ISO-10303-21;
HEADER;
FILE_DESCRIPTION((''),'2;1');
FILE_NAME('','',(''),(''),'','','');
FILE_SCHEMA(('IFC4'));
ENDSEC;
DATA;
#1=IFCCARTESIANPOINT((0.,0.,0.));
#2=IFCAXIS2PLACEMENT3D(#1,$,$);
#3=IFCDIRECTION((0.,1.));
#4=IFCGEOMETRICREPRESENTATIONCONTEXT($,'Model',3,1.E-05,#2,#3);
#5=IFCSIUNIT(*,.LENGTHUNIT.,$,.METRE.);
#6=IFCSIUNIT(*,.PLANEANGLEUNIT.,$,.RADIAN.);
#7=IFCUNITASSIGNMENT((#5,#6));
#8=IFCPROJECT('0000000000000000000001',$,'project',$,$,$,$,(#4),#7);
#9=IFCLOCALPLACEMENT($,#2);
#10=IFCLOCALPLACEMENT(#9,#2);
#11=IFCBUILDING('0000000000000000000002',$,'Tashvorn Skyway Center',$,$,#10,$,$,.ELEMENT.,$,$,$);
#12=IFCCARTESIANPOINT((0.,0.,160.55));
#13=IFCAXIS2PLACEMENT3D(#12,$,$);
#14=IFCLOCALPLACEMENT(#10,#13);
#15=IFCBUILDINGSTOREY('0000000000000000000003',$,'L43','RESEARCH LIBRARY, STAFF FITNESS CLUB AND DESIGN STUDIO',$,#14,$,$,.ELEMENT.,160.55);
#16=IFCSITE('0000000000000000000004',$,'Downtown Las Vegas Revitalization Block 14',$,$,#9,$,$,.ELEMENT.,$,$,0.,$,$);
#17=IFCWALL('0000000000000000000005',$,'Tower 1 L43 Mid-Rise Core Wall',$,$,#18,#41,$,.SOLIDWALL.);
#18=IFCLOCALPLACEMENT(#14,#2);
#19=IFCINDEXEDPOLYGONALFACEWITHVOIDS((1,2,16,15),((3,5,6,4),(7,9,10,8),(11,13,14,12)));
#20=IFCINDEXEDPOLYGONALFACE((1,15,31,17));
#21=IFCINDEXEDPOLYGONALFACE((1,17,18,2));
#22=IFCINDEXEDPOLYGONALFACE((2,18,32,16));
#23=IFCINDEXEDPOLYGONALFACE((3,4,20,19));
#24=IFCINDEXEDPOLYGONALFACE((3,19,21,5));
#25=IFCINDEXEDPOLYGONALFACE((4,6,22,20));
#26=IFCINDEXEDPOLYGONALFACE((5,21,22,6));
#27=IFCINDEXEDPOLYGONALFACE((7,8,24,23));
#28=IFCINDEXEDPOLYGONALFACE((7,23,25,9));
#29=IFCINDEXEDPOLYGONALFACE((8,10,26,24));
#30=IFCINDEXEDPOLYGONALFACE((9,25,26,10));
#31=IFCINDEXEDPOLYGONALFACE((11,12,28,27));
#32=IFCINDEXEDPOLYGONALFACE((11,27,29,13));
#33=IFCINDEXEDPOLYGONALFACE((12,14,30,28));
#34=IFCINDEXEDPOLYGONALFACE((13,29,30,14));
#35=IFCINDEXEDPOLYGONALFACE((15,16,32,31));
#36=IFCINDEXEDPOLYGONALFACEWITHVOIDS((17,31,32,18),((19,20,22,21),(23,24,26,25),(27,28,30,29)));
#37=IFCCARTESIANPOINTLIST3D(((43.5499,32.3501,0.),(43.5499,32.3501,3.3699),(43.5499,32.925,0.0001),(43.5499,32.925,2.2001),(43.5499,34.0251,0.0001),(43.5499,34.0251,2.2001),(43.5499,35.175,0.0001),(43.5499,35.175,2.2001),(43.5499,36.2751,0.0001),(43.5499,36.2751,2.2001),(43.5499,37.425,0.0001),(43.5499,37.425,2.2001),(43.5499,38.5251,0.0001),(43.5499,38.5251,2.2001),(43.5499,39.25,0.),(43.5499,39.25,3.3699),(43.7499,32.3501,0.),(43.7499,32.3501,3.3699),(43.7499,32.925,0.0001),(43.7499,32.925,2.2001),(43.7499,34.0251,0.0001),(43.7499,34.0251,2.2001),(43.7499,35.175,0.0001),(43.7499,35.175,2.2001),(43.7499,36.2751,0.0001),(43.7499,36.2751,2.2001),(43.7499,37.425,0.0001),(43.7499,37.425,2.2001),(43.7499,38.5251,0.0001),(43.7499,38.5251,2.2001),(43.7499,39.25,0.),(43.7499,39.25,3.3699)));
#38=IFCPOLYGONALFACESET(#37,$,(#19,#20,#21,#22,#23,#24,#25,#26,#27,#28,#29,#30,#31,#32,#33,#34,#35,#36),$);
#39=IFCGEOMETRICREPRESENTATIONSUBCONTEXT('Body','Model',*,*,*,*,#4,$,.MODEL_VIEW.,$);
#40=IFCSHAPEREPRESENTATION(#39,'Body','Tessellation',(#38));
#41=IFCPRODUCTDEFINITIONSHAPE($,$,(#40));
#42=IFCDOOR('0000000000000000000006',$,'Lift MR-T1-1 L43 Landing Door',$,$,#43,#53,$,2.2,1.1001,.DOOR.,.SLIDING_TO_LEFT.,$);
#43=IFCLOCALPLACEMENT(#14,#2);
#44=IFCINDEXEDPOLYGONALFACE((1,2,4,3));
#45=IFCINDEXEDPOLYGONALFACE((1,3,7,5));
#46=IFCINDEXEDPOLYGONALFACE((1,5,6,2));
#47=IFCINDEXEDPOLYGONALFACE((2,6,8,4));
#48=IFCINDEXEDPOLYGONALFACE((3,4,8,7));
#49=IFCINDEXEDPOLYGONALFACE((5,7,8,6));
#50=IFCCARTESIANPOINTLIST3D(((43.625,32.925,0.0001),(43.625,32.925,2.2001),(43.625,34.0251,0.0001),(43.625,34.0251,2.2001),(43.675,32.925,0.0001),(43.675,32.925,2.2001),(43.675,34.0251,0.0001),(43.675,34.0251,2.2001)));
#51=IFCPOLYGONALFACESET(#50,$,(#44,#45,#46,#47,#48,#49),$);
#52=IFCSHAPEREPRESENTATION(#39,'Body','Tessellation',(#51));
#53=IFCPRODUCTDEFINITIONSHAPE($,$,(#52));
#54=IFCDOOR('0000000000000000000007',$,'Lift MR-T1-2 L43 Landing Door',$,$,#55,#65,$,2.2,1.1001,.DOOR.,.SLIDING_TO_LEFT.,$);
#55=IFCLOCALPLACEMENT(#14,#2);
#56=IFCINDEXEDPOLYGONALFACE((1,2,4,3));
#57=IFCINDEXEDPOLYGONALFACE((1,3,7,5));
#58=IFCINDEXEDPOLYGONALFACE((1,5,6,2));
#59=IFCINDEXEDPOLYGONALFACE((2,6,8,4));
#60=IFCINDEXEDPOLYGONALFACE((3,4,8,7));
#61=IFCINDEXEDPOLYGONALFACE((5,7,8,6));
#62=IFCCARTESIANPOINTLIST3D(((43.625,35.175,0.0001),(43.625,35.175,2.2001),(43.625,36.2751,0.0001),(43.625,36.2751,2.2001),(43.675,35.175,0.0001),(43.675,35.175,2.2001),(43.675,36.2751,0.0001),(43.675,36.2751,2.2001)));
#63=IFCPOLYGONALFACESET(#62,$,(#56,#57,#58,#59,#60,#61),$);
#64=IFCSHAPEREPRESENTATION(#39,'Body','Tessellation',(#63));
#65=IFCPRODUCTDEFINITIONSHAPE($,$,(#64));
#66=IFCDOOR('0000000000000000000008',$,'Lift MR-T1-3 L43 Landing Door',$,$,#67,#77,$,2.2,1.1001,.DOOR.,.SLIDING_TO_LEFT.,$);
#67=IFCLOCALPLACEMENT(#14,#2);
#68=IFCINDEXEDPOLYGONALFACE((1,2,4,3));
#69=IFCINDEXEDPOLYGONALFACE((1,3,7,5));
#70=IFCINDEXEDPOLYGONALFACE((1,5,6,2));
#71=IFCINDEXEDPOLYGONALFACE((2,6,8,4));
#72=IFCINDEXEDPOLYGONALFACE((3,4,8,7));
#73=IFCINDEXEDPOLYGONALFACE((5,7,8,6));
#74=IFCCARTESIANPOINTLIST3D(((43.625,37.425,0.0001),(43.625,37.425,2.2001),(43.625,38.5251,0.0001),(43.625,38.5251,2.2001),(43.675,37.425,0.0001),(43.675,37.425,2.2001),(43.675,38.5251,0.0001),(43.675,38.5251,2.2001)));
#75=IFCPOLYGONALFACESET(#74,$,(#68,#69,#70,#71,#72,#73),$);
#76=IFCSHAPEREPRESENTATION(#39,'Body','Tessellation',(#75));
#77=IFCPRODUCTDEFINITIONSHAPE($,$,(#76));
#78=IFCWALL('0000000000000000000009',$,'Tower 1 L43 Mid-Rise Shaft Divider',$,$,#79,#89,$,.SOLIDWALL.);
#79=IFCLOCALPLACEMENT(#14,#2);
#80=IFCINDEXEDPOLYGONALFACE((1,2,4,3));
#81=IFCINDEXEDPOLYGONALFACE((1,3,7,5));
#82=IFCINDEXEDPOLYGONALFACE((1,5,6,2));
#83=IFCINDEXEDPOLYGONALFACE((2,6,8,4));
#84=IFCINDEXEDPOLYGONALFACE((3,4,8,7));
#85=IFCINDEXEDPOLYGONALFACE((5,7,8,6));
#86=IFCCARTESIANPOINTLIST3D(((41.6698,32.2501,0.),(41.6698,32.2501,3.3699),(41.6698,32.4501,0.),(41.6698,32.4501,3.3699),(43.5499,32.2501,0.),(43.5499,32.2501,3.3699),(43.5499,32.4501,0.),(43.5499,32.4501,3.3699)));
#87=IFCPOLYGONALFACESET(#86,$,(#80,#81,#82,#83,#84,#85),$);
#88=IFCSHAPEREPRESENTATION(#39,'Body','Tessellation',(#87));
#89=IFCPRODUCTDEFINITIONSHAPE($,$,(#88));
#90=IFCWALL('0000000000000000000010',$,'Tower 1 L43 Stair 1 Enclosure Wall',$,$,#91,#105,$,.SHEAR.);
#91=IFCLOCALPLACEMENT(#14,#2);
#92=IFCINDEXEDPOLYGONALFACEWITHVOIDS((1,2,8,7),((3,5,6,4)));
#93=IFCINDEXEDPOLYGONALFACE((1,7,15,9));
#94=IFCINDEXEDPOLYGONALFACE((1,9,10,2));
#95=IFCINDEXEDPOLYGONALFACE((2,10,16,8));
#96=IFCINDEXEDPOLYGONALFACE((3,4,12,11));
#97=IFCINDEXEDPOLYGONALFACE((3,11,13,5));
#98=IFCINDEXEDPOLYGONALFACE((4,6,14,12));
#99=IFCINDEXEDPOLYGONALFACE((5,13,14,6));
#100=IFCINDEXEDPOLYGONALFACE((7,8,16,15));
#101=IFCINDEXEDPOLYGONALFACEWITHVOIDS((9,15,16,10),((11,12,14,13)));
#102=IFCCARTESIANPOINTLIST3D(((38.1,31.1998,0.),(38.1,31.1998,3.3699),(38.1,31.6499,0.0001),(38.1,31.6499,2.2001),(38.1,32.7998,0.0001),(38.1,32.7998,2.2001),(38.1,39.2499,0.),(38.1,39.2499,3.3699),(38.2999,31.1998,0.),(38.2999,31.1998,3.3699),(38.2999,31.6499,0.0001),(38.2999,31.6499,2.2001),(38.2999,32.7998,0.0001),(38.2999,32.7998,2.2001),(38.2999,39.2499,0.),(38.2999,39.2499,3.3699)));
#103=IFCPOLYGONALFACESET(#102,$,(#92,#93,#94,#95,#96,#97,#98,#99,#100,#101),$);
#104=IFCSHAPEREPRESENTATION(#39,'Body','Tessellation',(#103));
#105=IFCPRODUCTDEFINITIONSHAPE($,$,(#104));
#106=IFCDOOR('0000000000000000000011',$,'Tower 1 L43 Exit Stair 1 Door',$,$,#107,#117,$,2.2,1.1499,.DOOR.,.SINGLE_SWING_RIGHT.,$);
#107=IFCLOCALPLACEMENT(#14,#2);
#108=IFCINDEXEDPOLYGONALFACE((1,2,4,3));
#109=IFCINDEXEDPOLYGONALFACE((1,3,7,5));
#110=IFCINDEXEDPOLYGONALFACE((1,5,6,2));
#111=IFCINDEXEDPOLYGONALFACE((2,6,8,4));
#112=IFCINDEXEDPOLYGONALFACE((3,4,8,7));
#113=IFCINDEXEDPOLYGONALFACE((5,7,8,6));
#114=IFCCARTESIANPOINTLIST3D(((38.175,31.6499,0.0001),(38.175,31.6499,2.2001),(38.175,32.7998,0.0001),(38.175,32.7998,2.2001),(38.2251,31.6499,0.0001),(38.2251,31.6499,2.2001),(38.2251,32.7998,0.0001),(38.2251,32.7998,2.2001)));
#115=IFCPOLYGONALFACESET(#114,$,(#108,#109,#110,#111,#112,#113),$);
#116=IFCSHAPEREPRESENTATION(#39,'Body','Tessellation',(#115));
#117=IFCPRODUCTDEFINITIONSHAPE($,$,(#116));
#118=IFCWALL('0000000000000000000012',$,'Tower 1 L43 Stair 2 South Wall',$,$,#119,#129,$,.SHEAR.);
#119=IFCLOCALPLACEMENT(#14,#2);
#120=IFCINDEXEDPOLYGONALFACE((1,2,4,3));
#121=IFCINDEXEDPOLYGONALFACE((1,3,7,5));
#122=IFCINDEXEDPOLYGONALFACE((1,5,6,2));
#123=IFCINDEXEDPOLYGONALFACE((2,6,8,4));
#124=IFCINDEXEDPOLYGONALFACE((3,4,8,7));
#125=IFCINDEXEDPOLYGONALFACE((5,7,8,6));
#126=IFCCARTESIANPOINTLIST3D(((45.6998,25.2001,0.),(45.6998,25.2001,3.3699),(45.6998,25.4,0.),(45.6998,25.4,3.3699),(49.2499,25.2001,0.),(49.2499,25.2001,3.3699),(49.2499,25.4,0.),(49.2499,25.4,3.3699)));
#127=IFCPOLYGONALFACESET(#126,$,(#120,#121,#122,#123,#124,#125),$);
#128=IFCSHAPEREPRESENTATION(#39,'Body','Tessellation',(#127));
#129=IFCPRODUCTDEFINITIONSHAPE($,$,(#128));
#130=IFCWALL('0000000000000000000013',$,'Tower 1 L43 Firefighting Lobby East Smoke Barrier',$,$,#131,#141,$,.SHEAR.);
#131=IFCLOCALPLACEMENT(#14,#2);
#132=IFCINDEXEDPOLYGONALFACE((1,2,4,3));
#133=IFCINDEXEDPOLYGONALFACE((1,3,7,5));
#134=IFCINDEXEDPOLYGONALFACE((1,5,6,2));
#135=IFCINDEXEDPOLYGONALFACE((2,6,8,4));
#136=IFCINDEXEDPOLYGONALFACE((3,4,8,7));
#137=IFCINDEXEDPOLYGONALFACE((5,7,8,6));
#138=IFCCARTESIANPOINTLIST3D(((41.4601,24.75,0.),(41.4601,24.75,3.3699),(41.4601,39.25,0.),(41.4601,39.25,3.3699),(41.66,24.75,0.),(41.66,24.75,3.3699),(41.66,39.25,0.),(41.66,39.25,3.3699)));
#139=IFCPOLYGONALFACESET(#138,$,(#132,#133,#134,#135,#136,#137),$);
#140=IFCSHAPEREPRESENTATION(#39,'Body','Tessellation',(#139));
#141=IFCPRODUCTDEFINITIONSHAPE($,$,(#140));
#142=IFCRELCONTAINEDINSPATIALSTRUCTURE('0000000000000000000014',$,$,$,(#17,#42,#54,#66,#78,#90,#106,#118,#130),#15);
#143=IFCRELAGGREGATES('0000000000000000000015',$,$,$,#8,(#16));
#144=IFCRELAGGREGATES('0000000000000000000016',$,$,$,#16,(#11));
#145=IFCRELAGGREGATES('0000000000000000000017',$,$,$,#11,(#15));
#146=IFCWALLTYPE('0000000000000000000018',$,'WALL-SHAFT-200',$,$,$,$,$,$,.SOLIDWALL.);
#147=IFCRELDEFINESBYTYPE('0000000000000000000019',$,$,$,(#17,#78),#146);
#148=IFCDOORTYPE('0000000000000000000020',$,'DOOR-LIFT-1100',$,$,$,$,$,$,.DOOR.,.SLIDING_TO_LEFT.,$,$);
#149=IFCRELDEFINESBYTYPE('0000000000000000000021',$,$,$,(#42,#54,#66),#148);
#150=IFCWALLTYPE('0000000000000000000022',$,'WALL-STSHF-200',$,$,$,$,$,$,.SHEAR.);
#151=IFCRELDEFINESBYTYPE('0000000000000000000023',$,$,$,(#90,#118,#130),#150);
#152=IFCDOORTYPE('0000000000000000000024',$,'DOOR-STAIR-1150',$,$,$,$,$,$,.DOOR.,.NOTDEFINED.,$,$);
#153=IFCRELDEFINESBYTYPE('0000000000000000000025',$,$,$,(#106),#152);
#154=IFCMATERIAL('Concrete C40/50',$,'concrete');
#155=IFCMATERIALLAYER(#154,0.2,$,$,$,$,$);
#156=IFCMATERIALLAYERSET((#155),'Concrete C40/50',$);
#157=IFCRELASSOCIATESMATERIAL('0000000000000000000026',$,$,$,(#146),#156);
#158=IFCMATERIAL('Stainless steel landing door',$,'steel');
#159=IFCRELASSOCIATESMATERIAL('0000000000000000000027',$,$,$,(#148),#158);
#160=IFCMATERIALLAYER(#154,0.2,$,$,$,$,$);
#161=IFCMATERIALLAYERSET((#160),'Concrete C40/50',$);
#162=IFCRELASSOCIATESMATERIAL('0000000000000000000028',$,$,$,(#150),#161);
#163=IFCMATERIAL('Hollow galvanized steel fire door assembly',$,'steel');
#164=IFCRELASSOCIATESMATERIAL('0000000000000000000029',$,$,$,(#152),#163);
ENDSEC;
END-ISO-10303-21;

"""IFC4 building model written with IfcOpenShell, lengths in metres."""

from ifc_helpers import new_model, si_unit, direction, frame, frame_2d, origin, place, context, subcontext, project, spatial, rectangle, extrude, material, layer, layer_set, type_object, element, fill, save


model = new_model("IFC4")

# Units and contexts
model_context = context("Model", 3, precision=1e-05, world=origin(), true_north=direction((0.0, 1.0)))
body_context = subcontext(model_context, "Body", "Model", "MODEL_VIEW")
ifc_project = project(units=[si_unit("LENGTHUNIT", "METRE"), si_unit("PLANEANGLEUNIT", "RADIAN")], contexts=[model_context])

# Site, building, storey
site_placement = place(None, origin())
site = spatial("IfcSite", under=ifc_project, at=site_placement, Name="Downtown Las Vegas Revitalization Block 14", CompositionType="ELEMENT", RefElevation=0.0)
building_placement = place(site_placement, origin())
building = spatial("IfcBuilding", under=site, at=building_placement, Name="Tashvorn Skyway Center", CompositionType="ELEMENT")
storey_placement = place(building_placement, frame((0.0, 0.0, 160.55)))
storey = spatial("IfcBuildingStorey", under=building, at=storey_placement, Name="L43", Description="RESEARCH LIBRARY, STAFF FITNESS CLUB AND DESIGN STUDIO", CompositionType="ELEMENT", Elevation=160.55)

# Shared definitions
ifc_material_1 = material(Name="Concrete C40/50", Category="concrete")
ifc_material_2 = material(Name="Hollow galvanized steel fire door assembly", Category="steel")

# Wall, openings, doors
ifc_layer_1 = layer(ifc_material_1, 0.2)
ifc_layer_set_1 = layer_set([ifc_layer_1], Name="Concrete C40/50")
wall_type_1 = type_object("IfcWallType", Name="WALL-SHAFT-200", PredefinedType="SOLIDWALL", material=ifc_layer_set_1)
wall_1_placement = place(storey_placement, frame((43.6499, 32.3501, 0.0), z_axis=(0.0, 0.0, 1.0), x_axis=(0.0, 1.0, 0.0)))
wall_1 = element("IfcWall", 1, at=wall_1_placement, inside=storey, type_object=wall_type_1, Name="Tower 1 L43 Mid-Rise Core Wall", PredefinedType="SOLIDWALL", context=body_context, shape_type="SweptSolid", body=[
    extrude(rectangle(XDim=6.8999, YDim=0.2, at=frame_2d((3.45, 0.0))), origin(), (0.0, 0.0, 1.0), 3.3699),
])
opening_1_placement = place(wall_1_placement, frame((0.575, 0.0, 0.0)))
opening_1 = element("IfcOpeningElement", 2, at=opening_1_placement, cuts=wall_1, PredefinedType="OPENING", context=body_context, shape_type="SweptSolid", body=[
    extrude(rectangle(XDim=1.1001, YDim=2.2, at=frame_2d((0.55, 1.1001))), frame((0.0, 0.1099, 0.0), z_axis=(0.0, -1.0, 0.0), x_axis=(1.0, 0.0, 0.0)), (0.0, 0.0, 1.0), 0.22),
])
opening_2_placement = place(wall_1_placement, frame((2.825, 0.0, 0.0)))
opening_2 = element("IfcOpeningElement", 3, at=opening_2_placement, cuts=wall_1, PredefinedType="OPENING", context=body_context, shape_type="SweptSolid", body=[
    extrude(rectangle(XDim=1.1001, YDim=2.2, at=frame_2d((0.55, 1.1001))), frame((0.0, 0.1099, 0.0), z_axis=(0.0, -1.0, 0.0), x_axis=(1.0, 0.0, 0.0)), (0.0, 0.0, 1.0), 0.22),
])
opening_3_placement = place(wall_1_placement, frame((5.075, 0.0, 0.0)))
opening_3 = element("IfcOpeningElement", 4, at=opening_3_placement, cuts=wall_1, PredefinedType="OPENING", context=body_context, shape_type="SweptSolid", body=[
    extrude(rectangle(XDim=1.1001, YDim=2.2, at=frame_2d((0.55, 1.1001))), frame((0.0, 0.1099, 0.0), z_axis=(0.0, -1.0, 0.0), x_axis=(1.0, 0.0, 0.0)), (0.0, 0.0, 1.0), 0.22),
])
ifc_material_3 = material(Name="Stainless steel landing door", Category="steel")
door_type_1 = type_object("IfcDoorType", Name="DOOR-LIFT-1100", OperationType="SLIDING_TO_LEFT", PredefinedType="DOOR", material=ifc_material_3)
door_1_placement = place(opening_1_placement, origin())
door_1 = element("IfcDoor", 5, at=door_1_placement, inside=storey, type_object=door_type_1, Name="Lift MR-T1-1 L43 Landing Door", OperationType="SLIDING_TO_LEFT", OverallHeight=2.2, OverallWidth=1.1001, PredefinedType="DOOR", context=body_context, shape_type="SweptSolid", body=[
    extrude(rectangle(XDim=1.1001, YDim=2.2, at=frame_2d((0.55, 1.1001))), frame((0.0, 0.0249, 0.0), z_axis=(0.0, -1.0, 0.0), x_axis=(1.0, 0.0, 0.0)), (0.0, 0.0, 1.0), 0.05),
])
fill(opening_1, door_1)
door_2_placement = place(opening_2_placement, origin())
door_2 = element("IfcDoor", 6, at=door_2_placement, inside=storey, type_object=door_type_1, Name="Lift MR-T1-2 L43 Landing Door", OperationType="SLIDING_TO_LEFT", OverallHeight=2.2, OverallWidth=1.1001, PredefinedType="DOOR", context=body_context, shape_type="SweptSolid", body=[
    extrude(rectangle(XDim=1.1001, YDim=2.2, at=frame_2d((0.55, 1.1001))), frame((0.0, 0.0249, 0.0), z_axis=(0.0, -1.0, 0.0), x_axis=(1.0, 0.0, 0.0)), (0.0, 0.0, 1.0), 0.05),
])
fill(opening_2, door_2)
door_3_placement = place(opening_3_placement, origin())
door_3 = element("IfcDoor", 7, at=door_3_placement, inside=storey, type_object=door_type_1, Name="Lift MR-T1-3 L43 Landing Door", OperationType="SLIDING_TO_LEFT", OverallHeight=2.2, OverallWidth=1.1001, PredefinedType="DOOR", context=body_context, shape_type="SweptSolid", body=[
    extrude(rectangle(XDim=1.1001, YDim=2.2, at=frame_2d((0.55, 1.1001))), frame((0.0, 0.0249, 0.0), z_axis=(0.0, -1.0, 0.0), x_axis=(1.0, 0.0, 0.0)), (0.0, 0.0, 1.0), 0.05),
])
fill(opening_3, door_3)

# Wall
wall_2_placement = place(storey_placement, frame((41.6699, 32.3501, 0.0), z_axis=(0.0, 0.0, 1.0), x_axis=(1.0, 0.0, 0.0)))
element("IfcWall", 8, at=wall_2_placement, inside=storey, type_object=wall_type_1, Name="Tower 1 L43 Mid-Rise Shaft Divider", PredefinedType="SOLIDWALL", context=body_context, shape_type="SweptSolid", body=[
    extrude(rectangle(XDim=1.8801, YDim=0.2, at=frame_2d((0.9399, 0.0))), origin(), (0.0, 0.0, 1.0), 3.3699),
])

# Wall, opening, door
ifc_layer_2 = layer(ifc_material_1, 0.2)
ifc_layer_set_2 = layer_set([ifc_layer_2], Name="Concrete C40/50")
wall_type_2 = type_object("IfcWallType", Name="WALL-STSHF-200", PredefinedType="SHEAR", material=ifc_layer_set_2)
wall_3_placement = place(storey_placement, frame((38.2, 31.2, 0.0), z_axis=(0.0, 0.0, 1.0), x_axis=(0.0, 1.0, 0.0)))
wall_3 = element("IfcWall", 9, at=wall_3_placement, inside=storey, type_object=wall_type_2, Name="Tower 1 L43 Stair 1 Enclosure Wall", PredefinedType="SHEAR", context=body_context, shape_type="SweptSolid", body=[
    extrude(rectangle(XDim=8.05, YDim=0.2, at=frame_2d((4.0249, 0.0))), origin(), (0.0, 0.0, 1.0), 3.3699),
])
opening_4_placement = place(wall_3_placement, frame((0.45, 0.0, 0.0)))
opening_4 = element("IfcOpeningElement", 10, at=opening_4_placement, cuts=wall_3, PredefinedType="OPENING", context=body_context, shape_type="SweptSolid", body=[
    extrude(rectangle(XDim=1.1499, YDim=2.2, at=frame_2d((0.575, 1.1001))), frame((0.0, 0.1099, 0.0), z_axis=(0.0, -1.0, 0.0), x_axis=(1.0, 0.0, 0.0)), (0.0, 0.0, 1.0), 0.22),
])
door_type_2 = type_object("IfcDoorType", Name="DOOR-STAIR-1150", OperationType="NOTDEFINED", PredefinedType="DOOR", material=ifc_material_2)
door_4_placement = place(opening_4_placement, origin())
door_4 = element("IfcDoor", 11, at=door_4_placement, inside=storey, type_object=door_type_2, Name="Tower 1 L43 Exit Stair 1 Door", OperationType="SINGLE_SWING_RIGHT", OverallHeight=2.2, OverallWidth=1.1499, PredefinedType="DOOR", context=body_context, shape_type="SweptSolid", body=[
    extrude(rectangle(XDim=1.1499, YDim=2.2, at=frame_2d((0.575, 1.1001))), frame((0.0, 0.0249, 0.0), z_axis=(0.0, -1.0, 0.0), x_axis=(1.0, 0.0, 0.0)), (0.0, 0.0, 1.0), 0.05),
])
fill(opening_4, door_4)

# Walls
wall_4_placement = place(storey_placement, frame((45.7, 25.3, 0.0), z_axis=(0.0, 0.0, 1.0), x_axis=(1.0, 0.0, 0.0)))
element("IfcWall", 12, at=wall_4_placement, inside=storey, type_object=wall_type_2, Name="Tower 1 L43 Stair 2 South Wall", PredefinedType="SHEAR", context=body_context, shape_type="SweptSolid", body=[
    extrude(rectangle(XDim=3.55, YDim=0.2, at=frame_2d((1.7749, 0.0))), origin(), (0.0, 0.0, 1.0), 3.3699),
])
wall_5_placement = place(storey_placement, frame((41.5601, 24.75, 0.0), z_axis=(0.0, 0.0, 1.0), x_axis=(0.0, 1.0, 0.0)))
element("IfcWall", 13, at=wall_5_placement, inside=storey, type_object=wall_type_2, Name="Tower 1 L43 Firefighting Lobby East Smoke Barrier", PredefinedType="SHEAR", context=body_context, shape_type="SweptSolid", body=[
    extrude(rectangle(XDim=14.5, YDim=0.2, at=frame_2d((7.25, 0.0))), origin(), (0.0, 0.0, 1.0), 3.3699),
])

save(model, "model.ifc")
